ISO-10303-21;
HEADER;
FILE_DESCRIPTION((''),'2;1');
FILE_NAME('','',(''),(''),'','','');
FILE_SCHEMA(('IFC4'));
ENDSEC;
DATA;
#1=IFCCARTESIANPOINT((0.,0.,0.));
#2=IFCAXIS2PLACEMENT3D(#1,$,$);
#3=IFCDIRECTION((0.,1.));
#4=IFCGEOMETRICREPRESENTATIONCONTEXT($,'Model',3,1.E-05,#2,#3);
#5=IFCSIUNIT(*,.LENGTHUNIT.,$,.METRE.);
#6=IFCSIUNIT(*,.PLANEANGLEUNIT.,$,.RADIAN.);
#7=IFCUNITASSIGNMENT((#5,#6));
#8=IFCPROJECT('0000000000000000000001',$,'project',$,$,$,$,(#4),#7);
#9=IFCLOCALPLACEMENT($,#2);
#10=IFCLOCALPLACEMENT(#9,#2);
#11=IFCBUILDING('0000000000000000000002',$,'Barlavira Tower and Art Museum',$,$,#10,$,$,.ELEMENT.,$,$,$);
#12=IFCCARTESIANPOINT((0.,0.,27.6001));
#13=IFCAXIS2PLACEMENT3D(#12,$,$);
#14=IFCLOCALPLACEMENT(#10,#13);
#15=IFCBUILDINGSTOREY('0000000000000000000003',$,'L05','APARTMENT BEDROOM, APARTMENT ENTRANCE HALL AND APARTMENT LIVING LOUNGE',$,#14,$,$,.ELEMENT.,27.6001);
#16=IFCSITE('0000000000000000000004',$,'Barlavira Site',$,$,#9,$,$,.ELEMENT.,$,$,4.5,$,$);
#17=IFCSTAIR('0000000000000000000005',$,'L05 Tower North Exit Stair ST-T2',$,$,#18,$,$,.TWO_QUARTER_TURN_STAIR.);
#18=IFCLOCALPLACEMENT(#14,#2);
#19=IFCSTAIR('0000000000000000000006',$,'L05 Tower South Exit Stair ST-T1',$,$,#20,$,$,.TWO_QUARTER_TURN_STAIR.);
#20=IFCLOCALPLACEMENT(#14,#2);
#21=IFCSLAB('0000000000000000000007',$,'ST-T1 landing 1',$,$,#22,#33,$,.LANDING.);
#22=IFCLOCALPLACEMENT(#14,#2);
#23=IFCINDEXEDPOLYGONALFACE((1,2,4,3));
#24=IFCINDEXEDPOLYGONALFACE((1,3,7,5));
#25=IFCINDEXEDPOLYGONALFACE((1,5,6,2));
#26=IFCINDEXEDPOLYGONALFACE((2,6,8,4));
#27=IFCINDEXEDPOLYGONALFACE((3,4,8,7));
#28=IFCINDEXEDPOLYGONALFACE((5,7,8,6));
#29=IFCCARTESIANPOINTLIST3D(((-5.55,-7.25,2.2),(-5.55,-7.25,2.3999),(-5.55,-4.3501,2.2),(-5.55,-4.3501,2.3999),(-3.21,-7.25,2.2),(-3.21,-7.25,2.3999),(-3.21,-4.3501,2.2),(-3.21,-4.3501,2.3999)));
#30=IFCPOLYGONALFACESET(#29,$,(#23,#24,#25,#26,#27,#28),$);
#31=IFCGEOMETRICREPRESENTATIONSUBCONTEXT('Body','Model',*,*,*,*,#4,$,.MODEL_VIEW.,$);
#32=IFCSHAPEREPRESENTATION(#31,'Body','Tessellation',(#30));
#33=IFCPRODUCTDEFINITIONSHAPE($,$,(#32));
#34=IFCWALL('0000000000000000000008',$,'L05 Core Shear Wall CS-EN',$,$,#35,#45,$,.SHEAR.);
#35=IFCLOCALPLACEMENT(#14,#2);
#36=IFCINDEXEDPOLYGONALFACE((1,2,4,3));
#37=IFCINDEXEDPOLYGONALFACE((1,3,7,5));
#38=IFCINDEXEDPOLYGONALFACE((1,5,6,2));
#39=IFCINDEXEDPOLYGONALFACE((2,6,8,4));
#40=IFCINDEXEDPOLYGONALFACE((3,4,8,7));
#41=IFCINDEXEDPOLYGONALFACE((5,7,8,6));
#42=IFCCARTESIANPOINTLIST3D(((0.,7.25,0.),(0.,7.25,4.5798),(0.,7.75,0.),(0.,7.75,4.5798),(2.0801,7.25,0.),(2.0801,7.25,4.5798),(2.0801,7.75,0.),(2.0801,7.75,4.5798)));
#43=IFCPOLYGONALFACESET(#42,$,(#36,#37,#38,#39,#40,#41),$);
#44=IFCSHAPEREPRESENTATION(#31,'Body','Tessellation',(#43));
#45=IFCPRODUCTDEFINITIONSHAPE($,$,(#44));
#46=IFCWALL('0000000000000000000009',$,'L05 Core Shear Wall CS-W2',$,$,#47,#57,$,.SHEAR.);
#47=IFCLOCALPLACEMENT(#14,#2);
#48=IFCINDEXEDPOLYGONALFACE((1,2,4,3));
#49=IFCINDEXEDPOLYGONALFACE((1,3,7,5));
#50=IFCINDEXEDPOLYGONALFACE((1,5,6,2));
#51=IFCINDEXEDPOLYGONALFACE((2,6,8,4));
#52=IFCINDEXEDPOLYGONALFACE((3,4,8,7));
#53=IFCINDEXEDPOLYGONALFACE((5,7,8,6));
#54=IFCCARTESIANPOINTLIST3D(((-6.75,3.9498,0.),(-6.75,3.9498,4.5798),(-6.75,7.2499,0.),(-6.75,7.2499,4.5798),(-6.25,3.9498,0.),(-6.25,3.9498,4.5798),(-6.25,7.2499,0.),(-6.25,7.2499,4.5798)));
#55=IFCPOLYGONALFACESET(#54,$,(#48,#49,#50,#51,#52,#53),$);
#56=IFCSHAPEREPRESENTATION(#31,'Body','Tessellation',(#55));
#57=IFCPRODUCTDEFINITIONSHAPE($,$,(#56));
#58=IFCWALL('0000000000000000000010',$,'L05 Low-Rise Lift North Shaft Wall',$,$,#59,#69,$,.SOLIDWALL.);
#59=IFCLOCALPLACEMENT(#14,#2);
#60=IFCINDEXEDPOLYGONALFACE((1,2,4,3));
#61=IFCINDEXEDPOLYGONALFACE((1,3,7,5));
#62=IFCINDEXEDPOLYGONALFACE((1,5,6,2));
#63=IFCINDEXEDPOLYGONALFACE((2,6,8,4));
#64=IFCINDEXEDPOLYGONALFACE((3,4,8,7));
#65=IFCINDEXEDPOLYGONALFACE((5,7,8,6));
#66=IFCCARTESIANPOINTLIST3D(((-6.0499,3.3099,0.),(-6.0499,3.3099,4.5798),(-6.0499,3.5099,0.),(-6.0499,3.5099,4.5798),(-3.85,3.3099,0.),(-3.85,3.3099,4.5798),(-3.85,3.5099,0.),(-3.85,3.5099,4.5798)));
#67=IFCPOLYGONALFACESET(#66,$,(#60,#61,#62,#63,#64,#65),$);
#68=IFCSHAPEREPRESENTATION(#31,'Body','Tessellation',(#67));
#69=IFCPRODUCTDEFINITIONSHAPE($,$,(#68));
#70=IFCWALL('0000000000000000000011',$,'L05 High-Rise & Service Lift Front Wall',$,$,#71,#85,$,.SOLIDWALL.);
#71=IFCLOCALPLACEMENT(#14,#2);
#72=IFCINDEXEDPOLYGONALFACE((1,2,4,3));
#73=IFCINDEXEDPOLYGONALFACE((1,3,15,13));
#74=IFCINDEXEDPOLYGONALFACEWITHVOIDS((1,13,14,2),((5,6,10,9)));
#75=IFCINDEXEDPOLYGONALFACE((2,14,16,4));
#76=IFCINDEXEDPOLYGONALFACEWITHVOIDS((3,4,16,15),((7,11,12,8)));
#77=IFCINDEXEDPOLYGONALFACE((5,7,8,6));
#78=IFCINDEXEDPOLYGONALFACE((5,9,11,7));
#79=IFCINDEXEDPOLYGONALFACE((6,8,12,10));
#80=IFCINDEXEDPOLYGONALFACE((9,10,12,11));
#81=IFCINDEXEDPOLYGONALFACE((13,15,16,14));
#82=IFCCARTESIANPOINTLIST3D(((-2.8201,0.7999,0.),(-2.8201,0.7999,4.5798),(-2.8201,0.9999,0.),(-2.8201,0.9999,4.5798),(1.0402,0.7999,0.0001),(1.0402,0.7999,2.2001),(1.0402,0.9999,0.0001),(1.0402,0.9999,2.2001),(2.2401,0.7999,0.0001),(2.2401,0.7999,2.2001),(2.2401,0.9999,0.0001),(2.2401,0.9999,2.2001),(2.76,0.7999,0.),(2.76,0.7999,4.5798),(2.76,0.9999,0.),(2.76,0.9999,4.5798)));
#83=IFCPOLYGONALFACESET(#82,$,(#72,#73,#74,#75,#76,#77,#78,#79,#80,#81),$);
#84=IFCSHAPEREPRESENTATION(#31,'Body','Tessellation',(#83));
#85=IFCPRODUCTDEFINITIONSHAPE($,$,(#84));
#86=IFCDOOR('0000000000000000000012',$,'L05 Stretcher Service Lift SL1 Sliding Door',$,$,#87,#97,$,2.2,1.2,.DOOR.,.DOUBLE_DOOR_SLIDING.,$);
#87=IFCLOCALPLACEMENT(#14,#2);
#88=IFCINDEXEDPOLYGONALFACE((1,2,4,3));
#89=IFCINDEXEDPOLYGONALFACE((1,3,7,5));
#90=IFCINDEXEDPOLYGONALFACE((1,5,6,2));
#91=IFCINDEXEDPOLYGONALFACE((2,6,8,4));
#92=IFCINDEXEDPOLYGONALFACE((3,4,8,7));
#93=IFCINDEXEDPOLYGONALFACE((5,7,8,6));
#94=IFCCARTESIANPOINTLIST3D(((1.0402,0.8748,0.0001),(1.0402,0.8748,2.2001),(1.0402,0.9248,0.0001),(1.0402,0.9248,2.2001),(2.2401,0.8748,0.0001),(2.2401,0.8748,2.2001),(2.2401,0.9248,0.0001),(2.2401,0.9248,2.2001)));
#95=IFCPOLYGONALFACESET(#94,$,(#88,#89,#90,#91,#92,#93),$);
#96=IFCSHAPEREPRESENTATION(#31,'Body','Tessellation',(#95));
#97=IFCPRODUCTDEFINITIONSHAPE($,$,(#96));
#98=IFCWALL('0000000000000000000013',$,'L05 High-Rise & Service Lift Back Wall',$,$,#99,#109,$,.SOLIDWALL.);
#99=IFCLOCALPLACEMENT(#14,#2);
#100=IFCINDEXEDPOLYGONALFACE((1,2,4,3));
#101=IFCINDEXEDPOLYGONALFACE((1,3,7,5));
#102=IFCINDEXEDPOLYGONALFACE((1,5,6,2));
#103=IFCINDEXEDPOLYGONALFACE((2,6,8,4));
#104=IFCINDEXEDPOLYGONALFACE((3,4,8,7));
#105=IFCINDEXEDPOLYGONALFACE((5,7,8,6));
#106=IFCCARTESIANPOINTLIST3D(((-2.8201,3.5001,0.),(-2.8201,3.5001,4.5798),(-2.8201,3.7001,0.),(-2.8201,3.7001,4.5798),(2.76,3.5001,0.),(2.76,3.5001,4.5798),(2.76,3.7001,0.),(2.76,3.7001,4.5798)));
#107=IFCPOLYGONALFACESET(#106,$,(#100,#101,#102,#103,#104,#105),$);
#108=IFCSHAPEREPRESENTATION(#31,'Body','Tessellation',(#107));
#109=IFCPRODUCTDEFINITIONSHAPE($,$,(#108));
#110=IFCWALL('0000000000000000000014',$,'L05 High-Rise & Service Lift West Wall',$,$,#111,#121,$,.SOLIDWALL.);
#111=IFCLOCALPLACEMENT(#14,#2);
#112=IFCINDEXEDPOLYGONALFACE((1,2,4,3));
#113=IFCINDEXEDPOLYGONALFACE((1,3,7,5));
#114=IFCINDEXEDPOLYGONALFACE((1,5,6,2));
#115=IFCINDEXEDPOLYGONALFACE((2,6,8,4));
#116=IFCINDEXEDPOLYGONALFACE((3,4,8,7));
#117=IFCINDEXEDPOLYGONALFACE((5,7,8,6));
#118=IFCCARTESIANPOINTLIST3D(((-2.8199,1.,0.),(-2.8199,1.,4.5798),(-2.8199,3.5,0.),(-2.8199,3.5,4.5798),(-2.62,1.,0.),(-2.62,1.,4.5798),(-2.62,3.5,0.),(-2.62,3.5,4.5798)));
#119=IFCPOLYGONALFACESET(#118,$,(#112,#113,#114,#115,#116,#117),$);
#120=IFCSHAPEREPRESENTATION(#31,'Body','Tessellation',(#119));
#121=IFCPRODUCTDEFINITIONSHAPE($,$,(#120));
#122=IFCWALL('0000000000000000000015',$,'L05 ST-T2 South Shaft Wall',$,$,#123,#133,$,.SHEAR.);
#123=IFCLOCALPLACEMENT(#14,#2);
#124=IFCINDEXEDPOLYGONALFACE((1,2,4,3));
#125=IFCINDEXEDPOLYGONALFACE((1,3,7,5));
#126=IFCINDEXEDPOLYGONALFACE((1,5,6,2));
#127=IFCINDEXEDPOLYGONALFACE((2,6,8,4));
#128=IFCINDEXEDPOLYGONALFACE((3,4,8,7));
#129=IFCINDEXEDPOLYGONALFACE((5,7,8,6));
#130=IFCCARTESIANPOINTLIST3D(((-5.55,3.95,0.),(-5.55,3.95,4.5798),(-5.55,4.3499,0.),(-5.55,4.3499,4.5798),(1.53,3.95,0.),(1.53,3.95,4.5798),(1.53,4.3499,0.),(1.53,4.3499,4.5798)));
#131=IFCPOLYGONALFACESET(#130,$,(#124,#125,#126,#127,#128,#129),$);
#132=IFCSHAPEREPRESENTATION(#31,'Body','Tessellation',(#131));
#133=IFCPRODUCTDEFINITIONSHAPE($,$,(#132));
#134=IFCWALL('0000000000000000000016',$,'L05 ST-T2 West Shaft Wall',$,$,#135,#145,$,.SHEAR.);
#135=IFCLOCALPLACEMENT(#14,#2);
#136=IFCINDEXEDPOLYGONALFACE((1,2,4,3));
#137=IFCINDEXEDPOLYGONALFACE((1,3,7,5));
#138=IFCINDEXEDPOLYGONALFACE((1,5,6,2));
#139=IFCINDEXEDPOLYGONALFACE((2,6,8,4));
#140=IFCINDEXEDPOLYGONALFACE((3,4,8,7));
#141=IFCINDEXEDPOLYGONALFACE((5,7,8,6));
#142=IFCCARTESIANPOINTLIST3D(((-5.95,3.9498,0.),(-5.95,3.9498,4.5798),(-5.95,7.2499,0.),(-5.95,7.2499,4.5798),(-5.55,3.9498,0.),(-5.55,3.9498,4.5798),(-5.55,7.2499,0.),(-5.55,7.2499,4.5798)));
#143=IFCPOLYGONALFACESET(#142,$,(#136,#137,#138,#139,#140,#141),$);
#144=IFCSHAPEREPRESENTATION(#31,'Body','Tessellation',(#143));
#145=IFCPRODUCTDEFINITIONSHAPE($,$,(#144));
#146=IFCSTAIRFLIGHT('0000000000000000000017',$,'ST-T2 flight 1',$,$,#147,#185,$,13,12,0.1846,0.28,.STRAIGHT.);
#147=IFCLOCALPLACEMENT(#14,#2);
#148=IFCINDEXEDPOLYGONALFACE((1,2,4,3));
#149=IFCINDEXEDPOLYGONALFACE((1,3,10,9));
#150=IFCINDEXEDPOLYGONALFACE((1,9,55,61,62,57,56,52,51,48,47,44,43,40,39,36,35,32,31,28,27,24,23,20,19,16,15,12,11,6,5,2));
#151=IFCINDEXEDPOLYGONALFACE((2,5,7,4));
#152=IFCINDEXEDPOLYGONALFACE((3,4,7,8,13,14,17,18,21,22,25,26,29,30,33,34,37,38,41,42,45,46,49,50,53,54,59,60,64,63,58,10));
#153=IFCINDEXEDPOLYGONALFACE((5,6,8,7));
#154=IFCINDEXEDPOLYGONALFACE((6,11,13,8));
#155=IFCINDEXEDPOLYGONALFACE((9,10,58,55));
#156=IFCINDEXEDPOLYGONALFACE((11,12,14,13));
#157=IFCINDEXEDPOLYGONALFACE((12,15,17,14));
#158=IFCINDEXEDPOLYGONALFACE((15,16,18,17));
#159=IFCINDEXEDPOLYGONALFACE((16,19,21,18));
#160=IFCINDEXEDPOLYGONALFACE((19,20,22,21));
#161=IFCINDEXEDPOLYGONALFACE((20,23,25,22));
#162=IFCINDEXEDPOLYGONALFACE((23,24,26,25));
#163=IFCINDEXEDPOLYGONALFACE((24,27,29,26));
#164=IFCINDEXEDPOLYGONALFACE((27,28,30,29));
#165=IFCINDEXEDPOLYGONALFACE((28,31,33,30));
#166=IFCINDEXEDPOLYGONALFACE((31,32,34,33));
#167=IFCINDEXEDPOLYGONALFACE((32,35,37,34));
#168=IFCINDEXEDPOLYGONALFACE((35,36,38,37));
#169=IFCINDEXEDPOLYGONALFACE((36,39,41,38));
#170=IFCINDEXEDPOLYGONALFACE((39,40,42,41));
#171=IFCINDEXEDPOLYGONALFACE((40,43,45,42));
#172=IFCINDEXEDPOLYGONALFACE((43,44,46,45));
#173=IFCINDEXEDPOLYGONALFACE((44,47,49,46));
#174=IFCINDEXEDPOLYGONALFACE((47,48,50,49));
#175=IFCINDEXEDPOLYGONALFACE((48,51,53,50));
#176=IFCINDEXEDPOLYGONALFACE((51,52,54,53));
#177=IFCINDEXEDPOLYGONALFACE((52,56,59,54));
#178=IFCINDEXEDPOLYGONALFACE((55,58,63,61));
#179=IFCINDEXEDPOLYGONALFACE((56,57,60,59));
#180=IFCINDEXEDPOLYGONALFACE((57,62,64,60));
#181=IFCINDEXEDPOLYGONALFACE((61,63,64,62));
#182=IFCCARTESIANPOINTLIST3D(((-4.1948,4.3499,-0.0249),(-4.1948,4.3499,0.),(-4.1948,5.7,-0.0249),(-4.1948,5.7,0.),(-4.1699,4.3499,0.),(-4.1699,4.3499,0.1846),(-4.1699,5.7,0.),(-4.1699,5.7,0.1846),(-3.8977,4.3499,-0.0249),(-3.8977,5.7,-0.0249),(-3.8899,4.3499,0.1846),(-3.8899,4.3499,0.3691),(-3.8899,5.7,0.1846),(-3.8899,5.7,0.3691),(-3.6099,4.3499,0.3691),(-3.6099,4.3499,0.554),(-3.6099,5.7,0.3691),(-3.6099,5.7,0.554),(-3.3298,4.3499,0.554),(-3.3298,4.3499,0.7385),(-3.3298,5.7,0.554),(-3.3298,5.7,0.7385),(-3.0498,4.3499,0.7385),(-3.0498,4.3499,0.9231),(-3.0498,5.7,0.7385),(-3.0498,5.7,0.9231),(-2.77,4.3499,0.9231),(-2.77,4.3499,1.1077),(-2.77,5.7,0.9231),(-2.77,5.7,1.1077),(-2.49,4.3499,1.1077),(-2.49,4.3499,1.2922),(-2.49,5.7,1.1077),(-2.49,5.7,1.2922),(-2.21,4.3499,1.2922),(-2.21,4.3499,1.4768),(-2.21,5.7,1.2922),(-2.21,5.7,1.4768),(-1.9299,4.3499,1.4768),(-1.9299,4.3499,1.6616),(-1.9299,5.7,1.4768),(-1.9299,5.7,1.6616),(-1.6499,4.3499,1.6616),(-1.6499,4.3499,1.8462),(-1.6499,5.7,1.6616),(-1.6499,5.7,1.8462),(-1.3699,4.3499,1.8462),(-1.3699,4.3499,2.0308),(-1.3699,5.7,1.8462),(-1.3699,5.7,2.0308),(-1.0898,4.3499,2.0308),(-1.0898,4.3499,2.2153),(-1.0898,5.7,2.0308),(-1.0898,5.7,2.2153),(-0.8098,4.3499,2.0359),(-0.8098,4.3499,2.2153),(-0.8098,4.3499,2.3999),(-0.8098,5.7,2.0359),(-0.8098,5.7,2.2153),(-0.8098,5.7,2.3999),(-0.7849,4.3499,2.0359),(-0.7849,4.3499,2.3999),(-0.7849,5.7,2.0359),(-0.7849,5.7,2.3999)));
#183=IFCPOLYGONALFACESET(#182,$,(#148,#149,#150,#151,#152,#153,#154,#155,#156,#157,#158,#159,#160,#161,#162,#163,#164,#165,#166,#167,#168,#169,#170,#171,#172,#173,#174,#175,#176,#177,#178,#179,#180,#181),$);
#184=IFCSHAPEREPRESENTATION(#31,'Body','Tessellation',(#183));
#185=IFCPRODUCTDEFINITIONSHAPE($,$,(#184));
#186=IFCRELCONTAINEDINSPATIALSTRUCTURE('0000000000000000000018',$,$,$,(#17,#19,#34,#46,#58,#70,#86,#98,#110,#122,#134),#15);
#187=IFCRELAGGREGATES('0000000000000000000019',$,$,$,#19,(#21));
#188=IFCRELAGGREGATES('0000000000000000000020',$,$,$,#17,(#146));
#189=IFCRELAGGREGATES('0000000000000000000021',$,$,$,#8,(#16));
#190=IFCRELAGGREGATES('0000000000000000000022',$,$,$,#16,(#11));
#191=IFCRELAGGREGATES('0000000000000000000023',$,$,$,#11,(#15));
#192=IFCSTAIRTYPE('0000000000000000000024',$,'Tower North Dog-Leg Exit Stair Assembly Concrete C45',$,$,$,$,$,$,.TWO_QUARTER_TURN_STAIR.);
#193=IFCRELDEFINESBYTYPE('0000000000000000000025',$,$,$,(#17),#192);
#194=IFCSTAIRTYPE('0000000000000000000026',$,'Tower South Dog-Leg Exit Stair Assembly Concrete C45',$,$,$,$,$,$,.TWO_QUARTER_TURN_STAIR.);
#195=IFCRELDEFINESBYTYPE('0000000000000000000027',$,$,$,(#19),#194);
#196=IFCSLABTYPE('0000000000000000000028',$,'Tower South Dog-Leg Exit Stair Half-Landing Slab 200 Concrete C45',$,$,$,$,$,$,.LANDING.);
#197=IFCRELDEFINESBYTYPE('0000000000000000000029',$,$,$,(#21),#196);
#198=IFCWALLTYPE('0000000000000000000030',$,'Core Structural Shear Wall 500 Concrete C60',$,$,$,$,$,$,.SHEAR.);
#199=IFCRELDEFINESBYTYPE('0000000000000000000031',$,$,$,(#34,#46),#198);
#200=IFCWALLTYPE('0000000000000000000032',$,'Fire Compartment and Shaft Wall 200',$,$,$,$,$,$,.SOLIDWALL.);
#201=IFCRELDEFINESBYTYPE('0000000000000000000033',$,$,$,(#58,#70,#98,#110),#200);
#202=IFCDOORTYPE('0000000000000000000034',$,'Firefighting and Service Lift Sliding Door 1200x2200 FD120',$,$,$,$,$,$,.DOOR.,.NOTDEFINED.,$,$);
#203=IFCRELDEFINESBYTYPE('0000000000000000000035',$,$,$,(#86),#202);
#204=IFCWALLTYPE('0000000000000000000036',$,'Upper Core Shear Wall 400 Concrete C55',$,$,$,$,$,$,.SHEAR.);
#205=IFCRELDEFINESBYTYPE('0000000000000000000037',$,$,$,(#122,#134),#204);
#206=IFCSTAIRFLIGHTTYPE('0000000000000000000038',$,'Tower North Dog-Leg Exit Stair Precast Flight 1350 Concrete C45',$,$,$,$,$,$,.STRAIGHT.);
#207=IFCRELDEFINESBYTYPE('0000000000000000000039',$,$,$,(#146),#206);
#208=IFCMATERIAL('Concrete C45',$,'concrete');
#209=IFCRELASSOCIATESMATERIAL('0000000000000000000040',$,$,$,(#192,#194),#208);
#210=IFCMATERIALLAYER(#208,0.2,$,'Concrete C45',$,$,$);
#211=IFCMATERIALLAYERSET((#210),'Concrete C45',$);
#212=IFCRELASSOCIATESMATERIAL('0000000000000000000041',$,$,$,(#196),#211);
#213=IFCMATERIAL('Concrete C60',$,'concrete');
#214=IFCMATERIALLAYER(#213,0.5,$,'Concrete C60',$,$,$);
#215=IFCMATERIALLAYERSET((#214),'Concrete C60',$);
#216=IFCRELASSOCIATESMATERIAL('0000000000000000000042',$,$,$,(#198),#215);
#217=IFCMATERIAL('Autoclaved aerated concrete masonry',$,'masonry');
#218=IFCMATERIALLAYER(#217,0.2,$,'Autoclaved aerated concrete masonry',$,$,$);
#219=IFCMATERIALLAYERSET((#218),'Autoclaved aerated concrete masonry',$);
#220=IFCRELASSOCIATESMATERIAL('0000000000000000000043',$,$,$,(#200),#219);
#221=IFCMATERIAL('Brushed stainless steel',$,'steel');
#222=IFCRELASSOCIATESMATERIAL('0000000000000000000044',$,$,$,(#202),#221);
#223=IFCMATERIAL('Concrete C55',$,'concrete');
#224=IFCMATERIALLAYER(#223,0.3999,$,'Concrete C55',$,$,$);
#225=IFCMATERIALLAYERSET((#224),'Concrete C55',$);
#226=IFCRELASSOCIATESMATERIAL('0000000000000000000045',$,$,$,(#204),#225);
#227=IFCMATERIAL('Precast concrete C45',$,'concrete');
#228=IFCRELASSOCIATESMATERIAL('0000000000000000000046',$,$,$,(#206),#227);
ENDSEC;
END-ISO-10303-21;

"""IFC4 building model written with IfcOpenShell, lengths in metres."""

from ifc_helpers import new_model, si_unit, direction, frame, frame_2d, origin, place, context, subcontext, project, spatial, polyline, rectangle, outline, extrude, material, layer, layer_set, type_object, element, fill, aggregate, save


model = new_model("IFC4")

# Units and contexts
model_context = context("Model", 3, precision=1e-05, world=origin(), true_north=direction((0.0, 1.0)))
body_context = subcontext(model_context, "Body", "Model", "MODEL_VIEW")
ifc_project = project(units=[si_unit("LENGTHUNIT", "METRE"), si_unit("PLANEANGLEUNIT", "RADIAN")], contexts=[model_context])

# Site, building, storey
site_placement = place(None, origin())
site = spatial("IfcSite", under=ifc_project, at=site_placement, Name="Barlavira Site", CompositionType="ELEMENT", RefElevation=4.5)
building_placement = place(site_placement, origin())
building = spatial("IfcBuilding", under=site, at=building_placement, Name="Barlavira Tower and Art Museum", CompositionType="ELEMENT")
storey_placement = place(building_placement, frame((0.0, 0.0, 27.6001)))
storey = spatial("IfcBuildingStorey", under=building, at=storey_placement, Name="L05", Description="APARTMENT BEDROOM, APARTMENT ENTRANCE HALL AND APARTMENT LIVING LOUNGE", CompositionType="ELEMENT", Elevation=27.6001)

# Shared definitions
ifc_material_1 = material(Name="Concrete C60", Category="concrete")

# Stairs, slab
ifc_material_2 = material(Name="Concrete C45", Category="concrete")
stair_type_1 = type_object("IfcStairType", Name="Tower North Dog-Leg Exit Stair Assembly Concrete C45", PredefinedType="TWO_QUARTER_TURN_STAIR", material=ifc_material_2)
stair_1_placement = place(storey_placement, origin())
stair_1 = element("IfcStair", 1, at=stair_1_placement, inside=storey, type_object=stair_type_1, Name="L05 Tower North Exit Stair ST-T2", PredefinedType="TWO_QUARTER_TURN_STAIR")
stair_type_2 = type_object("IfcStairType", Name="Tower South Dog-Leg Exit Stair Assembly Concrete C45", PredefinedType="TWO_QUARTER_TURN_STAIR", material=ifc_material_2)
stair_2_placement = place(storey_placement, origin())
stair_2 = element("IfcStair", 2, at=stair_2_placement, inside=storey, type_object=stair_type_2, Name="L05 Tower South Exit Stair ST-T1", PredefinedType="TWO_QUARTER_TURN_STAIR")
ifc_layer_1 = layer(ifc_material_2, 0.2, Name="Concrete C45")
ifc_layer_set_1 = layer_set([ifc_layer_1], Name="Concrete C45")
slab_type_1 = type_object("IfcSlabType", Name="Tower South Dog-Leg Exit Stair Half-Landing Slab 200 Concrete C45", PredefinedType="LANDING", material=ifc_layer_set_1)
slab_1_placement = place(storey_placement, frame((0.0, 0.0, 2.2)))
slab_1 = element("IfcSlab", 3, at=slab_1_placement, type_object=slab_type_1, Name="ST-T1 landing 1", PredefinedType="LANDING", context=body_context, shape_type="SweptSolid", body=[
    extrude(outline(polyline([(-3.21, -4.3501), (-5.55, -4.3501), (-5.55, -7.25), (-3.21, -7.25), (-3.21, -4.3501)])), origin(), (0.0, 0.0, 1.0), 0.2),
])
aggregate(stair_2, [slab_1])

# Shared definitions
ifc_layer_2 = layer(ifc_material_1, 0.5, Name="Concrete C60")
ifc_layer_set_2 = layer_set([ifc_layer_2], Name="Concrete C60")
wall_type_1 = type_object("IfcWallType", Name="Core Structural Shear Wall 500 Concrete C60", PredefinedType="SHEAR", material=ifc_layer_set_2)
ifc_material_3 = material(Name="Brushed stainless steel", Category="steel")

# Walls
wall_1_placement = place(storey_placement, frame((0.0, 7.5, 0.0), z_axis=(0.0, 0.0, 1.0), x_axis=(1.0, 0.0, 0.0)))
element("IfcWall", 4, at=wall_1_placement, inside=storey, type_object=wall_type_1, Name="L05 Core Shear Wall CS-EN", PredefinedType="SHEAR", context=body_context, shape_type="SweptSolid", body=[
    extrude(rectangle(XDim=2.0801, YDim=0.5, at=frame_2d((1.04, 0.0))), origin(), (0.0, 0.0, 1.0), 4.5798),
])
wall_2_placement = place(storey_placement, frame((-6.5, 3.95, 0.0), z_axis=(0.0, 0.0, 1.0), x_axis=(0.0, 1.0, 0.0)))
element("IfcWall", 5, at=wall_2_placement, inside=storey, type_object=wall_type_1, Name="L05 Core Shear Wall CS-W2", PredefinedType="SHEAR", context=body_context, shape_type="SweptSolid", body=[
    extrude(rectangle(XDim=3.3, YDim=0.5, at=frame_2d((1.6499, 0.0))), origin(), (0.0, 0.0, 1.0), 4.5798),
])
ifc_material_4 = material(Name="Autoclaved aerated concrete masonry", Category="masonry")
ifc_layer_3 = layer(ifc_material_4, 0.2, Name="Autoclaved aerated concrete masonry")
ifc_layer_set_3 = layer_set([ifc_layer_3], Name="Autoclaved aerated concrete masonry")
wall_type_2 = type_object("IfcWallType", Name="Fire Compartment and Shaft Wall 200", PredefinedType="SOLIDWALL", material=ifc_layer_set_3)
wall_3_placement = place(storey_placement, frame((-6.05, 3.4099, 0.0), z_axis=(0.0, 0.0, 1.0), x_axis=(1.0, 0.0, 0.0)))
element("IfcWall", 6, at=wall_3_placement, inside=storey, type_object=wall_type_2, Name="L05 Low-Rise Lift North Shaft Wall", PredefinedType="SOLIDWALL", context=body_context, shape_type="SweptSolid", body=[
    extrude(rectangle(XDim=2.2, YDim=0.2, at=frame_2d((1.1001, 0.0))), origin(), (0.0, 0.0, 1.0), 4.5798),
])

# Wall, opening, door
wall_4_placement = place(storey_placement, frame((-2.8201, 0.8999, 0.0), z_axis=(0.0, 0.0, 1.0), x_axis=(1.0, 0.0, 0.0)))
wall_4 = element("IfcWall", 7, at=wall_4_placement, inside=storey, type_object=wall_type_2, Name="L05 High-Rise & Service Lift Front Wall", PredefinedType="SOLIDWALL", context=body_context, shape_type="SweptSolid", body=[
    extrude(rectangle(XDim=5.5801, YDim=0.2, at=frame_2d((2.79, 0.0))), origin(), (0.0, 0.0, 1.0), 4.5798),
])
opening_1_placement = place(wall_4_placement, frame((3.8601, 0.0, 0.0)))
opening_1 = element("IfcOpeningElement", 8, at=opening_1_placement, cuts=wall_4, PredefinedType="OPENING", context=body_context, shape_type="SweptSolid", body=[
    extrude(rectangle(XDim=1.2, YDim=2.2, at=frame_2d((0.6001, 1.1001))), frame((0.0, 0.1099, 0.0), z_axis=(0.0, -1.0, 0.0), x_axis=(1.0, 0.0, 0.0)), (0.0, 0.0, 1.0), 0.22),
])
door_type_1 = type_object("IfcDoorType", Name="Firefighting and Service Lift Sliding Door 1200x2200 FD120", OperationType="NOTDEFINED", PredefinedType="DOOR", material=ifc_material_3)
door_1_placement = place(opening_1_placement, origin())
door_1 = element("IfcDoor", 9, at=door_1_placement, inside=storey, type_object=door_type_1, Name="L05 Stretcher Service Lift SL1 Sliding Door", OperationType="DOUBLE_DOOR_SLIDING", OverallHeight=2.2, OverallWidth=1.2, PredefinedType="DOOR", context=body_context, shape_type="SweptSolid", body=[
    extrude(rectangle(XDim=1.2, YDim=2.2, at=frame_2d((0.6001, 1.1001))), frame((0.0, 0.0249, 0.0), z_axis=(0.0, -1.0, 0.0), x_axis=(1.0, 0.0, 0.0)), (0.0, 0.0, 1.0), 0.05),
])
fill(opening_1, door_1)

# Walls
wall_5_placement = place(storey_placement, frame((-2.8201, 3.6001, 0.0), z_axis=(0.0, 0.0, 1.0), x_axis=(1.0, 0.0, 0.0)))
element("IfcWall", 10, at=wall_5_placement, inside=storey, type_object=wall_type_2, Name="L05 High-Rise & Service Lift Back Wall", PredefinedType="SOLIDWALL", context=body_context, shape_type="SweptSolid", body=[
    extrude(rectangle(XDim=5.5801, YDim=0.2, at=frame_2d((2.79, 0.0))), origin(), (0.0, 0.0, 1.0), 4.5798),
])
wall_6_placement = place(storey_placement, frame((-2.72, 1.0, 0.0), z_axis=(0.0, 0.0, 1.0), x_axis=(0.0, 1.0, 0.0)))
element("IfcWall", 11, at=wall_6_placement, inside=storey, type_object=wall_type_2, Name="L05 High-Rise & Service Lift West Wall", PredefinedType="SOLIDWALL", context=body_context, shape_type="SweptSolid", body=[
    extrude(rectangle(XDim=2.5, YDim=0.2, at=frame_2d((1.25, 0.0))), origin(), (0.0, 0.0, 1.0), 4.5798),
])
ifc_material_5 = material(Name="Concrete C55", Category="concrete")
ifc_layer_4 = layer(ifc_material_5, 0.3999, Name="Concrete C55")
ifc_layer_set_4 = layer_set([ifc_layer_4], Name="Concrete C55")
wall_type_3 = type_object("IfcWallType", Name="Upper Core Shear Wall 400 Concrete C55", PredefinedType="SHEAR", material=ifc_layer_set_4)
wall_7_placement = place(storey_placement, frame((-5.55, 4.1499, 0.0), z_axis=(0.0, 0.0, 1.0), x_axis=(1.0, 0.0, 0.0)))
element("IfcWall", 12, at=wall_7_placement, inside=storey, type_object=wall_type_3, Name="L05 ST-T2 South Shaft Wall", PredefinedType="SHEAR", context=body_context, shape_type="SweptSolid", body=[
    extrude(rectangle(XDim=7.0801, YDim=0.3999, at=frame_2d((3.54, 0.0))), origin(), (0.0, 0.0, 1.0), 4.5798),
])
wall_8_placement = place(storey_placement, frame((-5.75, 3.95, 0.0), z_axis=(0.0, 0.0, 1.0), x_axis=(0.0, 1.0, 0.0)))
element("IfcWall", 13, at=wall_8_placement, inside=storey, type_object=wall_type_3, Name="L05 ST-T2 West Shaft Wall", PredefinedType="SHEAR", context=body_context, shape_type="SweptSolid", body=[
    extrude(rectangle(XDim=3.3, YDim=0.3999, at=frame_2d((1.6499, 0.0))), origin(), (0.0, 0.0, 1.0), 4.5798),
])

# Stair flight
ifc_material_6 = material(Name="Precast concrete C45", Category="concrete")
stair_flight_type = type_object("IfcStairFlightType", Name="Tower North Dog-Leg Exit Stair Precast Flight 1350 Concrete C45", PredefinedType="STRAIGHT", material=ifc_material_6)
stair_flight_1_placement = place(storey_placement, frame((-4.1699, 5.0249, 0.0), z_axis=(0.0, 0.0, 1.0), x_axis=(1.0, 0.0, 0.0)))
stair_flight_1 = element("IfcStairFlight", 14, at=stair_flight_1_placement, type_object=stair_flight_type, Name="ST-T2 flight 1", NumberOfRisers=13, NumberOfTreads=12, PredefinedType="STRAIGHT", RiserHeight=0.1846, TreadLength=0.28, context=body_context, shape_type="SweptSolid", body=[
    extrude(outline(polyline([(-0.0249, 0.0), (0.0, 0.0), (0.0, 0.1846), (0.28, 0.1846), (0.28, 0.3691), (0.5601, 0.3691), (0.5601, 0.554), (0.8401, 0.554), (0.8401, 0.7385), (1.1201, 0.7385), (1.1201, 0.9231), (1.3999, 0.9231), (1.3999, 1.1077), (1.6799, 1.1077), (1.6799, 1.2922), (1.96, 1.2922), (1.96, 1.4768), (2.24, 1.4768), (2.24, 1.6616), (2.52, 1.6616), (2.52, 1.8462), (2.8, 1.8462), (2.8, 2.0308), (3.0801, 2.0308), (3.0801, 2.2153), (3.3601, 2.2153), (3.3601, 2.3999), (3.385, 2.3999), (3.385, 2.0359), (3.3601, 2.0359), (0.2722, -0.0249), (-0.0249, -0.0249), (-0.0249, 0.0)])), frame((0.0, 0.675, 0.0), z_axis=(0.0, -1.0, 0.0), x_axis=(1.0, 0.0, 0.0)), (0.0, 0.0, 1.0), 1.3501),
])
aggregate(stair_1, [stair_flight_1])

save(model, "model.ifc")
